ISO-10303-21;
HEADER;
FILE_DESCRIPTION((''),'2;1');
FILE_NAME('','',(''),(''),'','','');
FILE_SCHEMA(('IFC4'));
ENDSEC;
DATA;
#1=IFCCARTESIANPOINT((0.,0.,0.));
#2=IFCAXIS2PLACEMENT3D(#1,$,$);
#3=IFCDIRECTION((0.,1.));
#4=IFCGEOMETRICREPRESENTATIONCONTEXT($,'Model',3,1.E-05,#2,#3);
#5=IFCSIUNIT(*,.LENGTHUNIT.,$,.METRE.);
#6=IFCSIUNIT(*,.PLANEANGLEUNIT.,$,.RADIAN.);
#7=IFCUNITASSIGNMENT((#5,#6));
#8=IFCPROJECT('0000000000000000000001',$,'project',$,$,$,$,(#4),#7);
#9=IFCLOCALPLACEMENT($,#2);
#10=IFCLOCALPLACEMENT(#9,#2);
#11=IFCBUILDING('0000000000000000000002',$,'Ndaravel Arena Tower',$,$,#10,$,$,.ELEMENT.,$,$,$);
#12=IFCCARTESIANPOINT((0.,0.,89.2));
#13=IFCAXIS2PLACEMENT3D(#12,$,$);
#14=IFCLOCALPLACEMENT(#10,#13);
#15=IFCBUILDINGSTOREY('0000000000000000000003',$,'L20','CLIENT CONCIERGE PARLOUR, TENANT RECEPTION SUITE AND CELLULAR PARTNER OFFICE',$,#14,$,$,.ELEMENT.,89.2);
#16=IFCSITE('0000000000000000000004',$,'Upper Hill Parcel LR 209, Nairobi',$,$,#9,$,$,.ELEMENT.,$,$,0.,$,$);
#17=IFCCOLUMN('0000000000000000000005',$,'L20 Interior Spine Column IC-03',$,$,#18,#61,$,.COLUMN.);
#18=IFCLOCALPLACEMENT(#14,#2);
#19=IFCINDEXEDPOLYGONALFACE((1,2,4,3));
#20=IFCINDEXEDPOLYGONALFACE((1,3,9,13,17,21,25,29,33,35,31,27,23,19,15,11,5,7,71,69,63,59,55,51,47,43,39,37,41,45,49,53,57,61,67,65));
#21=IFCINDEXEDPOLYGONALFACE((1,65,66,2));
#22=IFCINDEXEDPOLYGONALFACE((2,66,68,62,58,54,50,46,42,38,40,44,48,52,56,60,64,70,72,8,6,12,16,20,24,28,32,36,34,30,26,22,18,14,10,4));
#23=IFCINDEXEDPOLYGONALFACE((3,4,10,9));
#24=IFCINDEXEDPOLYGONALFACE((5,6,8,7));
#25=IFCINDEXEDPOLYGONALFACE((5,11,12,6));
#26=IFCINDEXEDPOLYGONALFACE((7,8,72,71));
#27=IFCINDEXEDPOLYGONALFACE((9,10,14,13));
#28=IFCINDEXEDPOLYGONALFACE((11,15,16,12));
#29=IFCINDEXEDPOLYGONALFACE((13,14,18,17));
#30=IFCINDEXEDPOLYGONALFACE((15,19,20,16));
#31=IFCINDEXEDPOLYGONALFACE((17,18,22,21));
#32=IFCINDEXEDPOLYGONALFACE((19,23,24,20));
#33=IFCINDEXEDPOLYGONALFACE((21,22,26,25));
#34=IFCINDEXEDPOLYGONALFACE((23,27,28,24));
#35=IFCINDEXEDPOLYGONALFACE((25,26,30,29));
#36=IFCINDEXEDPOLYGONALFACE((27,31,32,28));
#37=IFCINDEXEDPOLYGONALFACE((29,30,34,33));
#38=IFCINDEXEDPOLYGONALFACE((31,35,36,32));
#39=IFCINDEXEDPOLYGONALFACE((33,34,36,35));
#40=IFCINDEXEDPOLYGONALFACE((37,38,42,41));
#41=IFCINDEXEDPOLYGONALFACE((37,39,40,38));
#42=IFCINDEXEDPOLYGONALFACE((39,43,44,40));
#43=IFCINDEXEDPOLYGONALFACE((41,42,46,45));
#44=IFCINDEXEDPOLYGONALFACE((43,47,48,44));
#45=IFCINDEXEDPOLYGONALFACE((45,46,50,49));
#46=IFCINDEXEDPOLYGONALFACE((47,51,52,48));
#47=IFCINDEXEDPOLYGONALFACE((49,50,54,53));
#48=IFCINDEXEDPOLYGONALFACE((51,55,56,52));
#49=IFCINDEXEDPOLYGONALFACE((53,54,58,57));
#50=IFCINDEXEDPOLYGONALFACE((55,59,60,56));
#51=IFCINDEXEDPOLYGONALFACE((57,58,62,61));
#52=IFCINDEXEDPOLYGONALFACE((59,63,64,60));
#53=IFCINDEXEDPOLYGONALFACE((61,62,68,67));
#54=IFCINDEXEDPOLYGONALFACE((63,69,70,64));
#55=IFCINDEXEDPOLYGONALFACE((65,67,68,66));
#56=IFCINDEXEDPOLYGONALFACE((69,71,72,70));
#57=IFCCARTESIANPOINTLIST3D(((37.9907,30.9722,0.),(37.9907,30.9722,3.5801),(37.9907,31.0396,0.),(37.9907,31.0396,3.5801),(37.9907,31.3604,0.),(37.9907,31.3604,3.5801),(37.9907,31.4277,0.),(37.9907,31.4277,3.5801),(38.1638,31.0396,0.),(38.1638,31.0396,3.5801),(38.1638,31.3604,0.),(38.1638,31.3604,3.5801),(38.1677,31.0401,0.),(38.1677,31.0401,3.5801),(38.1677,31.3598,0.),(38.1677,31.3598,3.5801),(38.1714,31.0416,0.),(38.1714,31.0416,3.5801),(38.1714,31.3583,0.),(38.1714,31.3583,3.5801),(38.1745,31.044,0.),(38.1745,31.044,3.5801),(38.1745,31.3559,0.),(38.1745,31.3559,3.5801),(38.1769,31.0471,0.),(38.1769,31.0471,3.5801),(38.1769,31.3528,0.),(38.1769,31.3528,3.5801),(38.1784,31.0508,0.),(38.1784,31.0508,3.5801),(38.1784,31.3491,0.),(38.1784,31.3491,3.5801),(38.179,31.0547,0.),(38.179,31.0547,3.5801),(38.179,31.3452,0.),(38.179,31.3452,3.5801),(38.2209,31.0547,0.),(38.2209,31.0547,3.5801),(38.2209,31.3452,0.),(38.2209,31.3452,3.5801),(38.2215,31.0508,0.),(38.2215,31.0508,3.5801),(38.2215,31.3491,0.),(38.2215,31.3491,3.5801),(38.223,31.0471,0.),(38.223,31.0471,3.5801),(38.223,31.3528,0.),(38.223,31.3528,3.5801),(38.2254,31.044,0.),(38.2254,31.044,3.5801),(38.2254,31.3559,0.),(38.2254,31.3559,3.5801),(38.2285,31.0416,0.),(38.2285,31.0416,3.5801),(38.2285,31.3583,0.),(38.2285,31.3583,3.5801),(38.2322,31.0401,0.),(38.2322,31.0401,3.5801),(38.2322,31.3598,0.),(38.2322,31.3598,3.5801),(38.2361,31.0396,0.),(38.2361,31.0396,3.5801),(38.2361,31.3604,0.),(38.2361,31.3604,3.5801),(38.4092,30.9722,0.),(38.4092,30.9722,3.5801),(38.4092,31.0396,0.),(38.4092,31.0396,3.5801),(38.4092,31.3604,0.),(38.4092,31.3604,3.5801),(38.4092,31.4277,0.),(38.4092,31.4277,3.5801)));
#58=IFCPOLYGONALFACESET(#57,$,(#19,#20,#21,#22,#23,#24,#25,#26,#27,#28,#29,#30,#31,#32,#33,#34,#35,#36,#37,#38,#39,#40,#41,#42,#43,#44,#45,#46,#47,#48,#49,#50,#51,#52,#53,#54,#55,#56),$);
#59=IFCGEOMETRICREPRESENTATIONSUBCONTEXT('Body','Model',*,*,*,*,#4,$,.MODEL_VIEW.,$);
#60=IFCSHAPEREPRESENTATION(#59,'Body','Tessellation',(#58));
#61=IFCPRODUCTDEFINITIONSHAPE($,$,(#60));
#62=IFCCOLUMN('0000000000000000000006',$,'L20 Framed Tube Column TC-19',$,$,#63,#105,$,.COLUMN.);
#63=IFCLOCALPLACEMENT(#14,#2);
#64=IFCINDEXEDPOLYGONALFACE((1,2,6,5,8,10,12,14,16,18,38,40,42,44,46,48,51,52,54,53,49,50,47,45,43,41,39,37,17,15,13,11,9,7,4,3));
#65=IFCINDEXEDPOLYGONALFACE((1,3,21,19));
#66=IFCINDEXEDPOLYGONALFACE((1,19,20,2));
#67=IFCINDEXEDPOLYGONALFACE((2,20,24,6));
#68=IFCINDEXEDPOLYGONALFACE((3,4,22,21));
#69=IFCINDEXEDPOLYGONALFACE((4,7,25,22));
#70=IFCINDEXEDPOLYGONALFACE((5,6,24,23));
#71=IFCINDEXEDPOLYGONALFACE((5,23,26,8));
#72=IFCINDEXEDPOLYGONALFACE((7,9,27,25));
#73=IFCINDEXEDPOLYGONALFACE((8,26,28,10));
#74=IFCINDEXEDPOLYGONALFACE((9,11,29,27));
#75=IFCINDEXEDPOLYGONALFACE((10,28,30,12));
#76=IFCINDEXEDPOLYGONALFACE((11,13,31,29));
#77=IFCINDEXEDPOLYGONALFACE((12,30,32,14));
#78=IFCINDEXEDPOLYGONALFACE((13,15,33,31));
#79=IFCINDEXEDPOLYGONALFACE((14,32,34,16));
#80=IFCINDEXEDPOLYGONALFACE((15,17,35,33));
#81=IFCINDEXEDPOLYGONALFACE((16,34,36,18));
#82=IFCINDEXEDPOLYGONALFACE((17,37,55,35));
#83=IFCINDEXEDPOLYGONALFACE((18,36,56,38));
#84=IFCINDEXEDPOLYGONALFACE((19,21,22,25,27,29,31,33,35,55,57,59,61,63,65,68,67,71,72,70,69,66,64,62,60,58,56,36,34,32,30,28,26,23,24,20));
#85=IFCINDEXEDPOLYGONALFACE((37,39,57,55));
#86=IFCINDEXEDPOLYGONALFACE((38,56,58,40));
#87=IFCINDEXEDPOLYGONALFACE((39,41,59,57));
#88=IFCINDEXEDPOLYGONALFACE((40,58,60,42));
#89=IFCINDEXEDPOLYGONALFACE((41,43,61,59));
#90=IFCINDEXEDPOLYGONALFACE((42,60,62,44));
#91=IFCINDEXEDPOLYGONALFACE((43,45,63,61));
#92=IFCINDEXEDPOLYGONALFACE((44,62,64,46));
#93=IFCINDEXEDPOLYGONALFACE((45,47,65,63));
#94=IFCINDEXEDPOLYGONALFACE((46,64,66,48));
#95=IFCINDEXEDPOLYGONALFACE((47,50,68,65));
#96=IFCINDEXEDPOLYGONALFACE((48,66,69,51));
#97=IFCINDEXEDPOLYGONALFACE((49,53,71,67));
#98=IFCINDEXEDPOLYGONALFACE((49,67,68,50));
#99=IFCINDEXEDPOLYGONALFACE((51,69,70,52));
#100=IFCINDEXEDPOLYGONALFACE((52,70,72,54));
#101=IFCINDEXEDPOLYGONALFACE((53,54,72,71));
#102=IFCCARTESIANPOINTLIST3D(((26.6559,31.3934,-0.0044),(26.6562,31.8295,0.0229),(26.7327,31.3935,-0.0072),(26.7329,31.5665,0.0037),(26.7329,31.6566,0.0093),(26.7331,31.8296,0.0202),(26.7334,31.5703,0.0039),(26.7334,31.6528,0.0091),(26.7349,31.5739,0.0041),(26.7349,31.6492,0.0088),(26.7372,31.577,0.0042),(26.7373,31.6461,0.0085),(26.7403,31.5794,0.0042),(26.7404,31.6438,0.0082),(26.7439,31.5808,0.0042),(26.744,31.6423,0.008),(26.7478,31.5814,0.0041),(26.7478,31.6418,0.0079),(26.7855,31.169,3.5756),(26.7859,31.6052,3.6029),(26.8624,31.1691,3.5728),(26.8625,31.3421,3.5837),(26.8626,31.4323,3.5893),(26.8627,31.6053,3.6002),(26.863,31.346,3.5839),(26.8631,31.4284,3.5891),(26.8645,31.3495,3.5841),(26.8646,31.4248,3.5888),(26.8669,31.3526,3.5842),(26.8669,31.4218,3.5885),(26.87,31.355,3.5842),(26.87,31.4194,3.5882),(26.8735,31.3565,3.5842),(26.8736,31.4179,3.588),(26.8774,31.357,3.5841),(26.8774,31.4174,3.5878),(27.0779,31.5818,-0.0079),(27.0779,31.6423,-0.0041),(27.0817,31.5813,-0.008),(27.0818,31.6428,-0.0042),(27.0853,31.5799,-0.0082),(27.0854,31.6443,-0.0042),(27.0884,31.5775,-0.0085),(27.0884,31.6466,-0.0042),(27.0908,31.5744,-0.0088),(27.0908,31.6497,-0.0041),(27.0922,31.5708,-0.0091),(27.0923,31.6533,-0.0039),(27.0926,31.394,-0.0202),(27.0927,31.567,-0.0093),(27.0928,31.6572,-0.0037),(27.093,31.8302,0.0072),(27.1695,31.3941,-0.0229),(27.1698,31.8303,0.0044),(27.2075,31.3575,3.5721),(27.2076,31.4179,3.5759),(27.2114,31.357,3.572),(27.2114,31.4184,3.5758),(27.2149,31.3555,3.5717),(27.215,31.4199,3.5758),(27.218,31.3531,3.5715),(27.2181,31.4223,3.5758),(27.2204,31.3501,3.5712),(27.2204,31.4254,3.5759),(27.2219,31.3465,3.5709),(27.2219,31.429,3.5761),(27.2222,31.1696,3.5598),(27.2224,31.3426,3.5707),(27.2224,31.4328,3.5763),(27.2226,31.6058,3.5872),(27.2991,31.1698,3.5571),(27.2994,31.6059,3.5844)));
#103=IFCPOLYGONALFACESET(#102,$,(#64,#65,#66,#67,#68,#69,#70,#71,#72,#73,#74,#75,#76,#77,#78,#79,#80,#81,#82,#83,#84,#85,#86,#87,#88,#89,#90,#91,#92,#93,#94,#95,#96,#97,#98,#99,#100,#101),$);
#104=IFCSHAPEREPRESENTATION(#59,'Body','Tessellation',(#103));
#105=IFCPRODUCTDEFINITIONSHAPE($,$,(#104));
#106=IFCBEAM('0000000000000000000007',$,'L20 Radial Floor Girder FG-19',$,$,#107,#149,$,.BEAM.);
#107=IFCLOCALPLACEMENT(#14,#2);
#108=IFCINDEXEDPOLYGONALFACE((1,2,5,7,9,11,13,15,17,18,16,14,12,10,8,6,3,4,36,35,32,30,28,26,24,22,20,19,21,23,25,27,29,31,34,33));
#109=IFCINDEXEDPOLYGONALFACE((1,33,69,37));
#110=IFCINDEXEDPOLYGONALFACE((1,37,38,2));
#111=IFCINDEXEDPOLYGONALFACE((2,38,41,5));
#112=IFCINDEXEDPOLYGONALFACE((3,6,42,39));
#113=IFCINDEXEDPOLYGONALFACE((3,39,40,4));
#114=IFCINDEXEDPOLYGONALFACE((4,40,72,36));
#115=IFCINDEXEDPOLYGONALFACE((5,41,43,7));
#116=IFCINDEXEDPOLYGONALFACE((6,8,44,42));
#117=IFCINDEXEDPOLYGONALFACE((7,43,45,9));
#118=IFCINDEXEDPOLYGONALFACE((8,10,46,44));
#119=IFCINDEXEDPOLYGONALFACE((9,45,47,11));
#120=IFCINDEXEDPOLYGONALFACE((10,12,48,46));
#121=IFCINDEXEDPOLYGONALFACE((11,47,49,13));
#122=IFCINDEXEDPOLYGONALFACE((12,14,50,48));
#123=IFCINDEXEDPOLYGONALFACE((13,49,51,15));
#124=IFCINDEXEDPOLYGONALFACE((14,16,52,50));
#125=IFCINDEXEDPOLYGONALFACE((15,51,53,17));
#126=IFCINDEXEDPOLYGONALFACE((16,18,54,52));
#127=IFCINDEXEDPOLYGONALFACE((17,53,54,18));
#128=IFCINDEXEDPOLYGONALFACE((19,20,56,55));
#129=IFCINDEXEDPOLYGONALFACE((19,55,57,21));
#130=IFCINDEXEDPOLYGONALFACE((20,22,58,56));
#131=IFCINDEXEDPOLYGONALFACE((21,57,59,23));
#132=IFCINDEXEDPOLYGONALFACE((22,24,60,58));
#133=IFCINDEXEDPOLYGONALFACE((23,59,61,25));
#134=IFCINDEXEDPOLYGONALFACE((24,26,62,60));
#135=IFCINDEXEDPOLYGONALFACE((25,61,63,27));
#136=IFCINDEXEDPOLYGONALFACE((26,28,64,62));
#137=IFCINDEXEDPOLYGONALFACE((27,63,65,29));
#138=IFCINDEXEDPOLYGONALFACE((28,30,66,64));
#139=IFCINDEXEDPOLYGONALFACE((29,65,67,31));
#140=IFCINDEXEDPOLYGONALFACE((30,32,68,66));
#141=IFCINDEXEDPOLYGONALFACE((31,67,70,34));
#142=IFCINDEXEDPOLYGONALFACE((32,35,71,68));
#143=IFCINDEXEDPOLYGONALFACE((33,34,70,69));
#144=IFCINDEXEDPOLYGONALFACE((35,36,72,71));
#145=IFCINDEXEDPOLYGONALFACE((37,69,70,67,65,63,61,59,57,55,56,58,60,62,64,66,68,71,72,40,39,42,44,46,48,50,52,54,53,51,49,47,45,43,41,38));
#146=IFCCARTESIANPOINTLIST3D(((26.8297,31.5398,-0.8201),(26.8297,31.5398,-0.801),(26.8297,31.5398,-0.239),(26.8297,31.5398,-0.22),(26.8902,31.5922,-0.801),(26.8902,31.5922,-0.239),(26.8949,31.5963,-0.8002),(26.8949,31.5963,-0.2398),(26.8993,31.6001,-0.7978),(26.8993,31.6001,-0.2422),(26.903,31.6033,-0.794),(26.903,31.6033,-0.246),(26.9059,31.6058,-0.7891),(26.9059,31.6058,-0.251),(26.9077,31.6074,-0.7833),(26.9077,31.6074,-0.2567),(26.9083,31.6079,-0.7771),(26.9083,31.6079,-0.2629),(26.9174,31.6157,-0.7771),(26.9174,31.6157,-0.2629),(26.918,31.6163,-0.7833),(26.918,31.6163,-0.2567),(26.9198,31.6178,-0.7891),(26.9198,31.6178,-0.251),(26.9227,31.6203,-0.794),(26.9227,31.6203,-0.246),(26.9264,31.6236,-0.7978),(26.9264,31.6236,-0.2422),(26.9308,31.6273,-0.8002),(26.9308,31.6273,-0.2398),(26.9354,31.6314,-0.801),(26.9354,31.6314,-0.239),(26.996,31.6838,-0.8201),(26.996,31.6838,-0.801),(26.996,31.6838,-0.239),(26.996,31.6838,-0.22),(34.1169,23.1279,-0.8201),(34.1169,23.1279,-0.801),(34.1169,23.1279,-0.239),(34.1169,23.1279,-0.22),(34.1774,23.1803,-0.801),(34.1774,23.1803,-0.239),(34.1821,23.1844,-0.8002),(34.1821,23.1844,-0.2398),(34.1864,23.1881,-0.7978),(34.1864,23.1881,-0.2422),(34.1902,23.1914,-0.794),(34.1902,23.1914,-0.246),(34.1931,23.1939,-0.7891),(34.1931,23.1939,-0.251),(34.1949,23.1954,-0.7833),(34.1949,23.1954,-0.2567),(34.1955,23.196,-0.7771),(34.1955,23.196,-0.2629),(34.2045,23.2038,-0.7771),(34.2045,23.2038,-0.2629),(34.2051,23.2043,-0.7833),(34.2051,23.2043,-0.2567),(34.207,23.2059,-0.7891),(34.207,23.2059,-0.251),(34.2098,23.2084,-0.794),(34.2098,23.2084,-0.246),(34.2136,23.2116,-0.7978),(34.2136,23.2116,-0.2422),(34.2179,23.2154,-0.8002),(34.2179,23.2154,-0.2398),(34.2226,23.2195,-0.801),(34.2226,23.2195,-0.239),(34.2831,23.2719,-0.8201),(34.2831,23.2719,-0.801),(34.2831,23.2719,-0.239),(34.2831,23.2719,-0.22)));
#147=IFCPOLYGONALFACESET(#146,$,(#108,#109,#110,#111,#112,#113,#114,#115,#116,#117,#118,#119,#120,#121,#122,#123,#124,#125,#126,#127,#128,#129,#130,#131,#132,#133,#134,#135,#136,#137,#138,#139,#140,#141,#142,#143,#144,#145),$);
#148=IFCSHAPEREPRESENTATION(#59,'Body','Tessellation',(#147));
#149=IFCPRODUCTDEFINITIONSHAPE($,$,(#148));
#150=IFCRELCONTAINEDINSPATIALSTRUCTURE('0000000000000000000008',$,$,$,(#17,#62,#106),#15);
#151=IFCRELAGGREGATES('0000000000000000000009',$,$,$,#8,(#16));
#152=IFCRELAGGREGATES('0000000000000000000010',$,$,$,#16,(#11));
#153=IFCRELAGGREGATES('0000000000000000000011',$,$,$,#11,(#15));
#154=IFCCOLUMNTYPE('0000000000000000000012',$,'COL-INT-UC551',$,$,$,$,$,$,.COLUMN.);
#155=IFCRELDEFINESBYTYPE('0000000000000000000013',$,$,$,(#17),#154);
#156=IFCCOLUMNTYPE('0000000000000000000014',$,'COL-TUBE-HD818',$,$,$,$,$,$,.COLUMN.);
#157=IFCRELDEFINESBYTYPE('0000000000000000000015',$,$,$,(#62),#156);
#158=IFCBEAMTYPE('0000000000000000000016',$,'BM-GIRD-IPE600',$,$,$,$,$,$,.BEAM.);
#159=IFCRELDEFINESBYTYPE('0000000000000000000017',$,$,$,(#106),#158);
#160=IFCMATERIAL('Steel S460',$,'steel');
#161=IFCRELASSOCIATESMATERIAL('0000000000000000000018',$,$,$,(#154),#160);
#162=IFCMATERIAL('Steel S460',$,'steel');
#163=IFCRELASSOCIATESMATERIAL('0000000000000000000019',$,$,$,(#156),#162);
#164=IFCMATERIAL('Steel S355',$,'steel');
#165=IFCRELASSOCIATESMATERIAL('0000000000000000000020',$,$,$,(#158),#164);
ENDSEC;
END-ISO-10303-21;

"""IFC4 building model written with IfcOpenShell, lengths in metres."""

from ifc_helpers import new_model, si_unit, direction, frame, origin, origin_2d, place, context, subcontext, project, spatial, i_section, extrude, material, material_profile, profile_set, type_object, element, save


model = new_model("IFC4")

# Units and contexts
model_context = context("Model", 3, precision=1e-05, world=origin(), true_north=direction((0.0, 1.0)))
body_context = subcontext(model_context, "Body", "Model", "MODEL_VIEW")
ifc_project = project(units=[si_unit("LENGTHUNIT", "METRE"), si_unit("PLANEANGLEUNIT", "RADIAN")], contexts=[model_context])

# Site, building, storey
site_placement = place(None, origin())
site = spatial("IfcSite", under=ifc_project, at=site_placement, Name="Upper Hill Parcel LR 209, Nairobi", CompositionType="ELEMENT", RefElevation=0.0)
building_placement = place(site_placement, origin())
building = spatial("IfcBuilding", under=site, at=building_placement, Name="Ndaravel Arena Tower", CompositionType="ELEMENT")
storey_placement = place(building_placement, frame((0.0, 0.0, 89.2)))
storey = spatial("IfcBuildingStorey", under=building, at=storey_placement, Name="L20", Description="CLIENT CONCIERGE PARLOUR, TENANT RECEPTION SUITE AND CELLULAR PARTNER OFFICE", CompositionType="ELEMENT", Elevation=89.2)

# Columns
ifc_material_1 = material(Name="Steel S460", Category="steel")
ifc_material_profile_1 = material_profile(ifc_material_1, i_section(OverallWidth=0.4185, OverallDepth=0.4556, WebThickness=0.042, FlangeThickness=0.0674, FilletRadius=0.0151, at=origin_2d()), Name="UC 356x406x551")
ifc_profile_set_1 = profile_set([ifc_material_profile_1], Name="Steel S460")
column_type_1 = type_object("IfcColumnType", Name="COL-INT-UC551", PredefinedType="COLUMN", material=ifc_profile_set_1)
column_1_placement = place(storey_placement, frame((38.2, 31.2, 0.0), z_axis=(0.0, 0.0, 1.0), x_axis=(1.0, 0.0, 0.0)))
element("IfcColumn", 1, at=column_1_placement, inside=storey, type_object=column_type_1, Name="L20 Interior Spine Column IC-03", PredefinedType="COLUMN", context=body_context, shape_type="SweptSolid", body=[
    extrude(i_section(OverallWidth=0.4185, OverallDepth=0.4556, WebThickness=0.042, FlangeThickness=0.0674, FilletRadius=0.0151, at=origin_2d()), origin(), (0.0, 0.0, 1.0), 3.5801),
])
ifc_material_2 = material(Name="Steel S460", Category="steel")
ifc_material_profile_2 = material_profile(ifc_material_2, i_section(OverallWidth=0.437, OverallDepth=0.5139, WebThickness=0.0605, FlangeThickness=0.0769, FilletRadius=0.0149, at=origin_2d()), Name="HD 400x818")
ifc_profile_set_2 = profile_set([ifc_material_profile_2], Name="Steel S460")
column_type_2 = type_object("IfcColumnType", Name="COL-TUBE-HD818", PredefinedType="COLUMN", material=ifc_profile_set_2)
column_2_placement = place(storey_placement, frame((26.9128, 31.6118, 0.0), z_axis=(0.036117, -0.062507, 0.997391), x_axis=(0.000792, 0.998043, 0.062519)))
element("IfcColumn", 2, at=column_2_placement, inside=storey, type_object=column_type_2, Name="L20 Framed Tube Column TC-19", PredefinedType="COLUMN", context=body_context, shape_type="SweptSolid", body=[
    extrude(i_section(OverallWidth=0.437, OverallDepth=0.5139, WebThickness=0.0605, FlangeThickness=0.0769, FilletRadius=0.0149, at=origin_2d()), origin(), (0.0, 0.0, 1.0), 3.5894),
])

# Beam
ifc_material_3 = material(Name="Steel S355", Category="steel")
ifc_material_profile_3 = material_profile(ifc_material_3, i_section(OverallWidth=0.22, OverallDepth=0.6001, WebThickness=0.012, FlangeThickness=0.019, FilletRadius=0.0239, at=origin_2d()), Name="IPE 600")
ifc_profile_set_3 = profile_set([ifc_material_profile_3], Name="Steel S355")
beam_type_1 = type_object("IfcBeamType", Name="BM-GIRD-IPE600", PredefinedType="BEAM", material=ifc_profile_set_3)
beam_1_placement = place(storey_placement, frame((26.9128, 31.6118, -0.52), z_axis=(0.654768, -0.75583, 0.0), x_axis=(0.75583, 0.654768, 0.0)))
element("IfcBeam", 3, at=beam_1_placement, inside=storey, type_object=beam_type_1, Name="L20 Radial Floor Girder FG-19", PredefinedType="BEAM", context=body_context, shape_type="SweptSolid", body=[
    extrude(i_section(OverallWidth=0.22, OverallDepth=0.6001, WebThickness=0.012, FlangeThickness=0.019, FilletRadius=0.0239, at=origin_2d()), origin(), (0.0, 0.0, 1.0), 11.1294),
])

save(model, "model.ifc")
